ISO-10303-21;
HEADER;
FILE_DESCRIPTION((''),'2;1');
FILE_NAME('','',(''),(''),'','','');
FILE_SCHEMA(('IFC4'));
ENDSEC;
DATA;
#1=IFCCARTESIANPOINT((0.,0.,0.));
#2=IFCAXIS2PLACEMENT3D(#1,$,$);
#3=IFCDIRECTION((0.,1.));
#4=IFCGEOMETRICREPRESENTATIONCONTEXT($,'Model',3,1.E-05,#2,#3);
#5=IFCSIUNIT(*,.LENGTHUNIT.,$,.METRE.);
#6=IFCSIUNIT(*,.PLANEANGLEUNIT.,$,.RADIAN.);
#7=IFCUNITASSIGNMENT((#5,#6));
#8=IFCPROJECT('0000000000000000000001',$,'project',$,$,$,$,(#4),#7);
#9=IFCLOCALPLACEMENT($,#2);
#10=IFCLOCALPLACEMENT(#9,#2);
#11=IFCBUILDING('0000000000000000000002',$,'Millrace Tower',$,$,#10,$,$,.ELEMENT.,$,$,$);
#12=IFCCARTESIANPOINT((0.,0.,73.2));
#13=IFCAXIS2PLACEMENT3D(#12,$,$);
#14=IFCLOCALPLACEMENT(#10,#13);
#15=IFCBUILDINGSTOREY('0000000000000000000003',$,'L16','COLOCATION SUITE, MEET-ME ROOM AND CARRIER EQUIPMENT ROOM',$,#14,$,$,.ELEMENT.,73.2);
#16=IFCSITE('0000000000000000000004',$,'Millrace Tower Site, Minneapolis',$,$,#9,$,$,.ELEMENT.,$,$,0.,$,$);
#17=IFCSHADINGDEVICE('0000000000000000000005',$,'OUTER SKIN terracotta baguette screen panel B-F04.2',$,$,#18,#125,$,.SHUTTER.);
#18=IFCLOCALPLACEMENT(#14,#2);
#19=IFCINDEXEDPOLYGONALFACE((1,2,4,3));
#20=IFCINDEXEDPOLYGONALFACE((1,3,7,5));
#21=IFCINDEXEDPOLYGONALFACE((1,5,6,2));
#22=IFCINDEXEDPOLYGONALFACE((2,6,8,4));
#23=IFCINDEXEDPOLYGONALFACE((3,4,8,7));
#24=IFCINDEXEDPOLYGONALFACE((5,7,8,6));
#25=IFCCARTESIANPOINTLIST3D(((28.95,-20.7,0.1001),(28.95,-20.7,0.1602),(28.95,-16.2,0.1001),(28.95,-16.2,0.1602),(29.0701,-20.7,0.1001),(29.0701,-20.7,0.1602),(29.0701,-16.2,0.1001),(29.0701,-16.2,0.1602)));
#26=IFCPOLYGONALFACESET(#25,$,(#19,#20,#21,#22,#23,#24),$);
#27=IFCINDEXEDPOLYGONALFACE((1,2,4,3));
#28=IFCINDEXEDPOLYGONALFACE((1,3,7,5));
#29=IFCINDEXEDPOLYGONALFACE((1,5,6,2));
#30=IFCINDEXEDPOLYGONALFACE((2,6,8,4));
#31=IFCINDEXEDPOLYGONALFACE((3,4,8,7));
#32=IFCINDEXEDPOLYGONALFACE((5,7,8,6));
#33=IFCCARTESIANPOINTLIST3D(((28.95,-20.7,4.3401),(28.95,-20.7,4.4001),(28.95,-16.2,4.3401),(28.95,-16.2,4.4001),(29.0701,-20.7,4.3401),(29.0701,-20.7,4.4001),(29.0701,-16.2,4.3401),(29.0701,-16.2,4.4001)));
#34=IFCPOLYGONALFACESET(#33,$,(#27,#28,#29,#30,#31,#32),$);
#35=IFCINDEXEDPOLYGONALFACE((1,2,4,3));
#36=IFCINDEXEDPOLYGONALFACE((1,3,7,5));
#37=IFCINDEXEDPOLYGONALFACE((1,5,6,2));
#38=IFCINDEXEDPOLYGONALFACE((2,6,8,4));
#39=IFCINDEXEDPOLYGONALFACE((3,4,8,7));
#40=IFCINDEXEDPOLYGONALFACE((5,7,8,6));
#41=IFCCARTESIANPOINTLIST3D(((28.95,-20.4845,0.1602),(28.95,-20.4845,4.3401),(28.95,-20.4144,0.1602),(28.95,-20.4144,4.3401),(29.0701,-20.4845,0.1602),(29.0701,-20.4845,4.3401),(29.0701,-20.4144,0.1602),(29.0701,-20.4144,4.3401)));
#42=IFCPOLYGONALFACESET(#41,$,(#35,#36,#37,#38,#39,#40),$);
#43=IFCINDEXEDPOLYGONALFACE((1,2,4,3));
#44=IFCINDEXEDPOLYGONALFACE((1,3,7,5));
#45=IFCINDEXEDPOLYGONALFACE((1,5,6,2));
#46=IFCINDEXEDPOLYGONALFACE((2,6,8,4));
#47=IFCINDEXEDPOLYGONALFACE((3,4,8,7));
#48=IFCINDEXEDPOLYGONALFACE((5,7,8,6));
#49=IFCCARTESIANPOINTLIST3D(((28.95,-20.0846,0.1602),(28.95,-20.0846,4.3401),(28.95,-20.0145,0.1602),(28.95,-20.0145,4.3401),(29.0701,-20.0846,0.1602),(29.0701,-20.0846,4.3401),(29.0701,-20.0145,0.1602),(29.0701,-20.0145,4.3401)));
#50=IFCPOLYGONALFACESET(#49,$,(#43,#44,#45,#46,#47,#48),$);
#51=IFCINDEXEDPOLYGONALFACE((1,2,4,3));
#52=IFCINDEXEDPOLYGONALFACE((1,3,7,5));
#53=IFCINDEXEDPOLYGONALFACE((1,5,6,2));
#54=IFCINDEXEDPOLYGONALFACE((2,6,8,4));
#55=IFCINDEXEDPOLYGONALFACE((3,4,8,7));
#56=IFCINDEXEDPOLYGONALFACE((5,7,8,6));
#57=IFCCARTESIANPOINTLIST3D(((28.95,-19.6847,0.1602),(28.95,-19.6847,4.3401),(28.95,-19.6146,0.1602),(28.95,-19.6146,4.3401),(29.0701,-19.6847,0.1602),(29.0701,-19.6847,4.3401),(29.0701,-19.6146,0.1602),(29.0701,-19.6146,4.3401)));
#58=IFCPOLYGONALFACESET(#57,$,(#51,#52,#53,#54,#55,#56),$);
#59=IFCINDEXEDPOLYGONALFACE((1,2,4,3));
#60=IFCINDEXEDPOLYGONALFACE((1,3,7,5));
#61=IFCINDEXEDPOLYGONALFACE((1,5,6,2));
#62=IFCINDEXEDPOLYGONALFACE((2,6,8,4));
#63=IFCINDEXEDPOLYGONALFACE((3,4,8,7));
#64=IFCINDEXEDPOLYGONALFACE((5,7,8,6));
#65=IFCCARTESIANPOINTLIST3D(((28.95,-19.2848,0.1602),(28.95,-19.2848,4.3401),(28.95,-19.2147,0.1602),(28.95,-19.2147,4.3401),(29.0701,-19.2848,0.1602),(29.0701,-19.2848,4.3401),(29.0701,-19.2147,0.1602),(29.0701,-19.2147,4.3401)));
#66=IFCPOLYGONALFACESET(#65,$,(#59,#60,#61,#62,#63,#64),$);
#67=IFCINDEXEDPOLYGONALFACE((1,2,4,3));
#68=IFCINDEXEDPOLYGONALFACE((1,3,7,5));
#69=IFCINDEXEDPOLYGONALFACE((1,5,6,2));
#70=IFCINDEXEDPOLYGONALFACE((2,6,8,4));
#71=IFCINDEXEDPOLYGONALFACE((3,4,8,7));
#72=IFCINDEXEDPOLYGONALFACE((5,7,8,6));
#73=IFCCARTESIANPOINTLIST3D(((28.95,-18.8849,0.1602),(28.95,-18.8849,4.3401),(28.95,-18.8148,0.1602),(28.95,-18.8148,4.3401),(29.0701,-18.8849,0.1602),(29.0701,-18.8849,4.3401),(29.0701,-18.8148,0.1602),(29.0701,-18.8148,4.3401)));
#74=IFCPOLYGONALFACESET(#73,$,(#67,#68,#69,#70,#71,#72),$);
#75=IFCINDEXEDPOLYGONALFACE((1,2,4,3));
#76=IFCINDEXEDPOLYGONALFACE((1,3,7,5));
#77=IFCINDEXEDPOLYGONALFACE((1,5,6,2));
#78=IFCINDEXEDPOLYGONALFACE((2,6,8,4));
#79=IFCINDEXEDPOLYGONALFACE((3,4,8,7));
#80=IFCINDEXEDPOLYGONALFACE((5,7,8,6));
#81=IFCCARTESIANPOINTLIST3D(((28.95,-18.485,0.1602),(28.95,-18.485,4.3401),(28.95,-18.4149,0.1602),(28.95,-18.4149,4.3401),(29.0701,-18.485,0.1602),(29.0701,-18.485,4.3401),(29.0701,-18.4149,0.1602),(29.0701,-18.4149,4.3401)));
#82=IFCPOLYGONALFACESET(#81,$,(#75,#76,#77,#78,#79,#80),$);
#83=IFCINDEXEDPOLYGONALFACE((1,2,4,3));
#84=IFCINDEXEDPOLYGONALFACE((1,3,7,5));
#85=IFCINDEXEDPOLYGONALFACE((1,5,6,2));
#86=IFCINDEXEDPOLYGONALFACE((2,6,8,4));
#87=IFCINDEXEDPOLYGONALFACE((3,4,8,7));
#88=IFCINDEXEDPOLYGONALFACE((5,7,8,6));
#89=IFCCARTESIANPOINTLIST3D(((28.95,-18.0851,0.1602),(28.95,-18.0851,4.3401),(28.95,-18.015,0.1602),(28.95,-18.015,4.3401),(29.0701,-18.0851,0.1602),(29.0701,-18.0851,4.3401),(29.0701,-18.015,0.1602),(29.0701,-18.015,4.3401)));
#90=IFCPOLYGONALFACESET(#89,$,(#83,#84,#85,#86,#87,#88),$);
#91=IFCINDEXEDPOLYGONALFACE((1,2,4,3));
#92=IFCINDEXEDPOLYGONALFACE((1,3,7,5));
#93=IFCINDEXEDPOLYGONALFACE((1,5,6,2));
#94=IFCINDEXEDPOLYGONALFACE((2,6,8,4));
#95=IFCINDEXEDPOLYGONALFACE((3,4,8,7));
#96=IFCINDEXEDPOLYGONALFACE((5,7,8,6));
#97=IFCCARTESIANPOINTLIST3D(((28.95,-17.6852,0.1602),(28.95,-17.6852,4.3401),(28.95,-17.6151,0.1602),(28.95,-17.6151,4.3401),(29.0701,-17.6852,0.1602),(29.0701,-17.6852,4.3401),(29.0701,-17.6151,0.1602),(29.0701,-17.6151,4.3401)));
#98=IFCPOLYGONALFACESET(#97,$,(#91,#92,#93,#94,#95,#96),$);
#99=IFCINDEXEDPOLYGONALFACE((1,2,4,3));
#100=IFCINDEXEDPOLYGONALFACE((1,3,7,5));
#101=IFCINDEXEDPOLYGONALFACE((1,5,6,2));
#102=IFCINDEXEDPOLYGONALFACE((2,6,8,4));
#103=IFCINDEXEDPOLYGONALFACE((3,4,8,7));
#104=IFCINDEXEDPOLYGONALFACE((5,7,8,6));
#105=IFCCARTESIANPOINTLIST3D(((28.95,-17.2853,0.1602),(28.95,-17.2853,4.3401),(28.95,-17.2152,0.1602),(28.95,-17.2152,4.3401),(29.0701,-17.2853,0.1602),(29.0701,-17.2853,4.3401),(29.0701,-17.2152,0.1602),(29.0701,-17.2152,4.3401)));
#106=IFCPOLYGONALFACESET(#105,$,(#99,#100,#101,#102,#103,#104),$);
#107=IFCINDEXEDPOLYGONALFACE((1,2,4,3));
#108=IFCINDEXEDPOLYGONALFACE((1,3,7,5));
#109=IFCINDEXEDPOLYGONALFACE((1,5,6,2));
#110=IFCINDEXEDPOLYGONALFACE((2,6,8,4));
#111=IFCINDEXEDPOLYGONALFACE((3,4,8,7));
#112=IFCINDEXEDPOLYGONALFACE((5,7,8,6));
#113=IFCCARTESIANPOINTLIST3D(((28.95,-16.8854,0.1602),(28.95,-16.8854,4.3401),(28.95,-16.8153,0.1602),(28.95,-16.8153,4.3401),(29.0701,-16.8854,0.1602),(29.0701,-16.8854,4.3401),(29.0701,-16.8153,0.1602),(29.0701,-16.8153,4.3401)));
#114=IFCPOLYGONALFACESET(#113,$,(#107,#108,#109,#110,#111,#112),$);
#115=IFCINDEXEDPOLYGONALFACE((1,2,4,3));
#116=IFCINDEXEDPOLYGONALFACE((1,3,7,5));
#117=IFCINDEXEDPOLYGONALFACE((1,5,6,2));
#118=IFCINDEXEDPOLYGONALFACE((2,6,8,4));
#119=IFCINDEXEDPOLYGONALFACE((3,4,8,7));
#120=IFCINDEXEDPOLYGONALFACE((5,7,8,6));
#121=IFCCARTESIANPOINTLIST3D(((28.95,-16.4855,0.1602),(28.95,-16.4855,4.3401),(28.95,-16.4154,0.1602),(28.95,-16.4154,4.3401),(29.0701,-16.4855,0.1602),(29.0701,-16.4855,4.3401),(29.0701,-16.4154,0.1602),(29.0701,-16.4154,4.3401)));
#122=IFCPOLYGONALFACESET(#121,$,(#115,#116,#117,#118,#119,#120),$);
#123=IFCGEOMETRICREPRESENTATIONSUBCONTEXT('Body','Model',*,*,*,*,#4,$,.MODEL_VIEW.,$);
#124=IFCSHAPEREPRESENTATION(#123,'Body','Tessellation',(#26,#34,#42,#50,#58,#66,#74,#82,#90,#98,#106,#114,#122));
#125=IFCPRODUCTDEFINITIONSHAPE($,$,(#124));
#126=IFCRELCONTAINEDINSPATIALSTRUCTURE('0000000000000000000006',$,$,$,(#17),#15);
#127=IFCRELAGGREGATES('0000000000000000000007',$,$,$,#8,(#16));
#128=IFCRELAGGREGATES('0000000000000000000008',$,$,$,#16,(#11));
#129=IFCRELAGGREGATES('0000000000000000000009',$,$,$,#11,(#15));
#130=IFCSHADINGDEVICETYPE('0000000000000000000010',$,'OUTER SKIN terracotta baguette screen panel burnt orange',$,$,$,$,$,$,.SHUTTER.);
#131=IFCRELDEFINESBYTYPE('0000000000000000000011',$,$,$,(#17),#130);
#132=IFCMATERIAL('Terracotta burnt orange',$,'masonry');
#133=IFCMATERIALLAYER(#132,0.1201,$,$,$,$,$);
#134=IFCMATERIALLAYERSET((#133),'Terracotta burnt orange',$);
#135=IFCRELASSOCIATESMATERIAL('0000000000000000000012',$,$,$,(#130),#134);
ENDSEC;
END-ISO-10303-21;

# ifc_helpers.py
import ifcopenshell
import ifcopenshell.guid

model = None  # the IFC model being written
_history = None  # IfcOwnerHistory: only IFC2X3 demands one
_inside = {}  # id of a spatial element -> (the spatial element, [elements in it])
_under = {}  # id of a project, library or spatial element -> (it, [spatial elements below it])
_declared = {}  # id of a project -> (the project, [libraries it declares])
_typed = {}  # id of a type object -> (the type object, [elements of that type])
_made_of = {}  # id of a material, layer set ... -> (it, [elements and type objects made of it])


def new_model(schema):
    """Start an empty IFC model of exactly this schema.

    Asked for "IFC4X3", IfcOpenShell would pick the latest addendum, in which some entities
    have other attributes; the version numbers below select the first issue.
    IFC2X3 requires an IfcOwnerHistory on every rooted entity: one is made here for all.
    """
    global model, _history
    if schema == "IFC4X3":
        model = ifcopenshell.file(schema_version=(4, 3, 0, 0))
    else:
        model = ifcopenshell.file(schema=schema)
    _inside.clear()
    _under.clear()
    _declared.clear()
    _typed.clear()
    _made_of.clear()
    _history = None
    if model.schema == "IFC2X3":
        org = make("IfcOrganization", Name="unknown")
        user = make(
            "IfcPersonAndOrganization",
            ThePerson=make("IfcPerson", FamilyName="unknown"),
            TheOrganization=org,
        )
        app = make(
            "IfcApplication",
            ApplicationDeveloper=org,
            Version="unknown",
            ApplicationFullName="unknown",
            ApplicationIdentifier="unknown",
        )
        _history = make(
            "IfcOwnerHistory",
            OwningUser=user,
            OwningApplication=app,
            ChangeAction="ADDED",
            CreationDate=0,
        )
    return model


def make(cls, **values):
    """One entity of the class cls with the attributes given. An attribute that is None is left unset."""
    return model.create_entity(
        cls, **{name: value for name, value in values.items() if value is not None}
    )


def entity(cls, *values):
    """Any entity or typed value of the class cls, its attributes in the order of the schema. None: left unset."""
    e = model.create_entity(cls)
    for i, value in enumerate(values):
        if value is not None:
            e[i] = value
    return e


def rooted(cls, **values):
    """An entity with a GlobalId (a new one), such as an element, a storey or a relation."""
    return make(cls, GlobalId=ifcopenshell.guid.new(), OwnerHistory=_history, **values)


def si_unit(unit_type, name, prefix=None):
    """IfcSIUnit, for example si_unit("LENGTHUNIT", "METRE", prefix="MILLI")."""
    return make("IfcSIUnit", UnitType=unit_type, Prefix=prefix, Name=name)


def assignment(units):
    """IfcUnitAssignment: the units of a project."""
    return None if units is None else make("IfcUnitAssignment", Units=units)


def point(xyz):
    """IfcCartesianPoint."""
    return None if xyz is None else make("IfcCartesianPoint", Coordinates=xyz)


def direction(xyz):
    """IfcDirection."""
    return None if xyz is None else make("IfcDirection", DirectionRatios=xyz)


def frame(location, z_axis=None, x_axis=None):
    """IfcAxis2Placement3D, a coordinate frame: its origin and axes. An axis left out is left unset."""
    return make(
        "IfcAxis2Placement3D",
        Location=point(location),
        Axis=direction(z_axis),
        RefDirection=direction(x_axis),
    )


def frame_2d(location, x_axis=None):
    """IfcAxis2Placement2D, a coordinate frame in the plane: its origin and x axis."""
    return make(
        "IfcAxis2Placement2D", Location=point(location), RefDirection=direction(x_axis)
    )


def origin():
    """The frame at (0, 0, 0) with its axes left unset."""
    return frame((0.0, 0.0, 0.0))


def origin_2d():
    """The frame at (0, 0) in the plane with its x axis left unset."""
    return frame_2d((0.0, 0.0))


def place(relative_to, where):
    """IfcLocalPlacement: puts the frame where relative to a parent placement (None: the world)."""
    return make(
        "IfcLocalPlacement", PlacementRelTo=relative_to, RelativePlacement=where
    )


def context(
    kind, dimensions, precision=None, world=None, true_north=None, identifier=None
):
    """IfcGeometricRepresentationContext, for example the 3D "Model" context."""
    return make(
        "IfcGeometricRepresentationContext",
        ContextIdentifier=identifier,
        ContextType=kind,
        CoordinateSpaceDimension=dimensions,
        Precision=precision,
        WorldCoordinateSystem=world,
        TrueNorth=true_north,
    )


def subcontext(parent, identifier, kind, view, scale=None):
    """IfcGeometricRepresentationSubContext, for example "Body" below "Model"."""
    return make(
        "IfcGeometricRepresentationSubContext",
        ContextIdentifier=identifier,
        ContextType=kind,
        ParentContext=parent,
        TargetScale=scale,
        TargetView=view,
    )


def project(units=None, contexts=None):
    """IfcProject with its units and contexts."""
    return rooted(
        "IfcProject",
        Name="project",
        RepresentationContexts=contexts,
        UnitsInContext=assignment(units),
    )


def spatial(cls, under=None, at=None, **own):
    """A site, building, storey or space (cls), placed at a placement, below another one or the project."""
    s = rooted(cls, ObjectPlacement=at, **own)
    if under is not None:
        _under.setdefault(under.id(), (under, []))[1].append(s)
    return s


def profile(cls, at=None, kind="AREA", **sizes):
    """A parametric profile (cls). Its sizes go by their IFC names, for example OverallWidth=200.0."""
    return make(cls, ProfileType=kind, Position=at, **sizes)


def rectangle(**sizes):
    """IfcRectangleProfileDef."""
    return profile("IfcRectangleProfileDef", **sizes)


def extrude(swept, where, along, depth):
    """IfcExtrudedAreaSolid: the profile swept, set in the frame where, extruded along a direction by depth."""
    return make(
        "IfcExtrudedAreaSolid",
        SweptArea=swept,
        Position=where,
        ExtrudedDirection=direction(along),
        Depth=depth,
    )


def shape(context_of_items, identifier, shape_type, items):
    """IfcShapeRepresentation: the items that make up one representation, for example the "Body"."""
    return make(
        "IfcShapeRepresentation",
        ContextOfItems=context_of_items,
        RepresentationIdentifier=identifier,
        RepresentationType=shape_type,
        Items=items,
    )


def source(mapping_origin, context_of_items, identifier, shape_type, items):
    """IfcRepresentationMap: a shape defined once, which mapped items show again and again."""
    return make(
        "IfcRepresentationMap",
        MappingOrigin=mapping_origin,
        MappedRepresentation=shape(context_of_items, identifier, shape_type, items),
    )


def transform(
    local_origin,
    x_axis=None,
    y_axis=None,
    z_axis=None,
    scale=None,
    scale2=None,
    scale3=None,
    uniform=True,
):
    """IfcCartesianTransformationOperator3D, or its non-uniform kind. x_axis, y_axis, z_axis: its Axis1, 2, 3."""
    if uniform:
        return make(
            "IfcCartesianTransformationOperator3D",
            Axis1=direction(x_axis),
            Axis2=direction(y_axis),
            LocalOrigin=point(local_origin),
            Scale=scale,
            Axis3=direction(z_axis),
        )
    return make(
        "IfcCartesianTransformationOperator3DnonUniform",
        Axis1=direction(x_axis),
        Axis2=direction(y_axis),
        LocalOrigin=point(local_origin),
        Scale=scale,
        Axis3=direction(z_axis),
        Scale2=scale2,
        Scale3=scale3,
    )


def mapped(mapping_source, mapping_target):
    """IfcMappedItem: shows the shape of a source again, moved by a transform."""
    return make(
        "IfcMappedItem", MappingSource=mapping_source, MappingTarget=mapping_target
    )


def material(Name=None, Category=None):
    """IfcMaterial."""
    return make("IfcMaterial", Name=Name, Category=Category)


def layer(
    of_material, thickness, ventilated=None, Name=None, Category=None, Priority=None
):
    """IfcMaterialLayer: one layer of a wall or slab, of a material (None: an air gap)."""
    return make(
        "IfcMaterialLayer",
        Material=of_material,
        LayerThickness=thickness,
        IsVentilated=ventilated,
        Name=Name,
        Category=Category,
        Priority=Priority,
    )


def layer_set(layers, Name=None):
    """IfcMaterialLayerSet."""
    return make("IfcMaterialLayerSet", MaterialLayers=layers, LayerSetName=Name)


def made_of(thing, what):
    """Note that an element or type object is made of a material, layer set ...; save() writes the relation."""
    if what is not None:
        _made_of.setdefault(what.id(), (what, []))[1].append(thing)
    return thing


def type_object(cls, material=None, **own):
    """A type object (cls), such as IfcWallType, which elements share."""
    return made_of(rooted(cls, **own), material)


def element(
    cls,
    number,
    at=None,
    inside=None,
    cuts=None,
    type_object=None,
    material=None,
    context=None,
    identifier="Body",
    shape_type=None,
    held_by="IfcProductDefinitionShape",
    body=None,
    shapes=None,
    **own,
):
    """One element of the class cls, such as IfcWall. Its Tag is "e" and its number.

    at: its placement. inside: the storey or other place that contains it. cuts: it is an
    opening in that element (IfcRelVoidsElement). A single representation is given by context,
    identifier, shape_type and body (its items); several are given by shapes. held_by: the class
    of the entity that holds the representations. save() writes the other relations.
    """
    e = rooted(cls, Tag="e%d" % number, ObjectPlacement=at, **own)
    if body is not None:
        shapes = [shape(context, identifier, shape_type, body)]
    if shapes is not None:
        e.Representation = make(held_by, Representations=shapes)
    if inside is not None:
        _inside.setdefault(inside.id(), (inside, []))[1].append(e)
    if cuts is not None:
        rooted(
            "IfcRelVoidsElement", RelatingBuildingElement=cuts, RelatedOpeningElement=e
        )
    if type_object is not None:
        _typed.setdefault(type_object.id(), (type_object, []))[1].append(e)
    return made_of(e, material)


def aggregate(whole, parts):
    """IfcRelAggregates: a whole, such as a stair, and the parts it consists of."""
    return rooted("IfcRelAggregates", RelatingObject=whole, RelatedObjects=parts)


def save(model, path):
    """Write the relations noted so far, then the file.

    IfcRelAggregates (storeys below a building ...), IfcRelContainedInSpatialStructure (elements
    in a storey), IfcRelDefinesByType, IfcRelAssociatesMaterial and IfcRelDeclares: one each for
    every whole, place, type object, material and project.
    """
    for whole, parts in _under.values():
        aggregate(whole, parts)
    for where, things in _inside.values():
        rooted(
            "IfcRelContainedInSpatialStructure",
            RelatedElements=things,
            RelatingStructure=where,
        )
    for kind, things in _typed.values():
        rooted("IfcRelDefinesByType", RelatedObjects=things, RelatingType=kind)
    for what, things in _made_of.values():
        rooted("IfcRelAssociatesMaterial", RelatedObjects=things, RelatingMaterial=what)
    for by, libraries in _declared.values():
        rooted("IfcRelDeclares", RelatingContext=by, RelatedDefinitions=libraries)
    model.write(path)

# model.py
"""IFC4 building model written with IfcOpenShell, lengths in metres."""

from ifc_helpers import new_model, entity, si_unit, direction, frame, frame_2d, origin, origin_2d, place, context, subcontext, project, spatial, rectangle, extrude, source, transform, mapped, material, layer, layer_set, type_object, element, save


model = new_model("IFC4")

# Units and contexts
model_context = context("Model", 3, precision=1e-05, world=origin(), true_north=direction((0.0, 1.0)))
body_context = subcontext(model_context, "Body", "Model", "MODEL_VIEW")
ifc_project = project(units=[si_unit("LENGTHUNIT", "METRE"), si_unit("PLANEANGLEUNIT", "RADIAN")], contexts=[model_context])

# Site, building, storey
site_placement = place(None, origin())
site = spatial("IfcSite", under=ifc_project, at=site_placement, Name="Millrace Tower Site, Minneapolis", CompositionType="ELEMENT", RefElevation=0.0)
building_placement = place(site_placement, origin())
building = spatial("IfcBuilding", under=site, at=building_placement, Name="Millrace Tower", CompositionType="ELEMENT")
storey_placement = place(building_placement, frame((0.0, 0.0, 73.2)))
storey = spatial("IfcBuildingStorey", under=building, at=storey_placement, Name="L16", Description="COLOCATION SUITE, MEET-ME ROOM AND CARRIER EQUIPMENT ROOM", CompositionType="ELEMENT", Elevation=73.2)

# Shading device
ifc_material_1 = material(Name="Terracotta burnt orange", Category="masonry")
ifc_layer_1 = layer(ifc_material_1, 0.1201)
ifc_layer_set_1 = layer_set([ifc_layer_1], Name="Terracotta burnt orange")
shading_device_type = type_object("IfcShadingDeviceType", Name="OUTER SKIN terracotta baguette screen panel burnt orange", PredefinedType="SHUTTER", material=ifc_layer_set_1)
cartesian_point_1 = entity("IfcCartesianPoint", [-2.25, 0.0601])
shared_polyline_1 = entity("IfcPolyline", [cartesian_point_1, entity("IfcCartesianPoint", [2.25, 0.0601]), entity("IfcCartesianPoint", [2.25, -0.0601]), entity("IfcCartesianPoint", [-2.25, -0.0601]), cartesian_point_1])
shared_shape_1 = source(origin(), body_context, "Body", "SweptSolid", [
    entity("IfcExtrudedAreaSolid", entity("IfcArbitraryClosedProfileDef", "AREA", None, shared_polyline_1), entity("IfcAxis2Placement3D", entity("IfcCartesianPoint", [0.0, 0.0, 0.0])), entity("IfcDirection", [0.0, 0.0, 1.0]), 0.0601),
    entity("IfcExtrudedAreaSolid", entity("IfcArbitraryClosedProfileDef", "AREA", None, shared_polyline_1), entity("IfcAxis2Placement3D", entity("IfcCartesianPoint", [0.0, 0.0, 4.24])), entity("IfcDirection", [0.0, 0.0, 1.0]), 0.0601),
    extrude(rectangle(XDim=0.0701, YDim=0.1201, at=frame_2d((-1.9995, 0.0))), frame((0.0, 0.0, 0.0601)), (0.0, 0.0, 1.0), 4.1799),
    extrude(rectangle(XDim=0.0701, YDim=0.1201, at=frame_2d((-1.5996, 0.0))), frame((0.0, 0.0, 0.0601)), (0.0, 0.0, 1.0), 4.1799),
    extrude(rectangle(XDim=0.0701, YDim=0.1201, at=frame_2d((-1.1997, 0.0))), frame((0.0, 0.0, 0.0601)), (0.0, 0.0, 1.0), 4.1799),
    extrude(rectangle(XDim=0.0701, YDim=0.1201, at=frame_2d((-0.7998, 0.0))), frame((0.0, 0.0, 0.0601)), (0.0, 0.0, 1.0), 4.1799),
    extrude(rectangle(XDim=0.0701, YDim=0.1201, at=frame_2d((-0.3999, 0.0))), frame((0.0, 0.0, 0.0601)), (0.0, 0.0, 1.0), 4.1799),
    extrude(rectangle(XDim=0.0701, YDim=0.1201, at=origin_2d()), frame((0.0, 0.0, 0.0601)), (0.0, 0.0, 1.0), 4.1799),
    extrude(rectangle(XDim=0.0701, YDim=0.1201, at=frame_2d((0.3999, 0.0))), frame((0.0, 0.0, 0.0601)), (0.0, 0.0, 1.0), 4.1799),
    extrude(rectangle(XDim=0.0701, YDim=0.1201, at=frame_2d((0.7998, 0.0))), frame((0.0, 0.0, 0.0601)), (0.0, 0.0, 1.0), 4.1799),
    extrude(rectangle(XDim=0.0701, YDim=0.1201, at=frame_2d((1.1997, 0.0))), frame((0.0, 0.0, 0.0601)), (0.0, 0.0, 1.0), 4.1799),
    extrude(rectangle(XDim=0.0701, YDim=0.1201, at=frame_2d((1.5996, 0.0))), frame((0.0, 0.0, 0.0601)), (0.0, 0.0, 1.0), 4.1799),
    extrude(rectangle(XDim=0.0701, YDim=0.1201, at=frame_2d((1.9995, 0.0))), frame((0.0, 0.0, 0.0601)), (0.0, 0.0, 1.0), 4.1799),
])
shading_device_1_placement = place(storey_placement, frame((29.01, -18.45, 0.1001), z_axis=(0.0, 0.0, 1.0), x_axis=(0.0, 1.0, 0.0)))
element("IfcShadingDevice", 1, at=shading_device_1_placement, inside=storey, type_object=shading_device_type, Name="OUTER SKIN terracotta baguette screen panel B-F04.2", PredefinedType="SHUTTER", context=body_context, shape_type="MappedRepresentation", body=[
    mapped(shared_shape_1, transform((0.0, 0.0, 0.0), scale=1.0)),
])

save(model, "model.ifc")
